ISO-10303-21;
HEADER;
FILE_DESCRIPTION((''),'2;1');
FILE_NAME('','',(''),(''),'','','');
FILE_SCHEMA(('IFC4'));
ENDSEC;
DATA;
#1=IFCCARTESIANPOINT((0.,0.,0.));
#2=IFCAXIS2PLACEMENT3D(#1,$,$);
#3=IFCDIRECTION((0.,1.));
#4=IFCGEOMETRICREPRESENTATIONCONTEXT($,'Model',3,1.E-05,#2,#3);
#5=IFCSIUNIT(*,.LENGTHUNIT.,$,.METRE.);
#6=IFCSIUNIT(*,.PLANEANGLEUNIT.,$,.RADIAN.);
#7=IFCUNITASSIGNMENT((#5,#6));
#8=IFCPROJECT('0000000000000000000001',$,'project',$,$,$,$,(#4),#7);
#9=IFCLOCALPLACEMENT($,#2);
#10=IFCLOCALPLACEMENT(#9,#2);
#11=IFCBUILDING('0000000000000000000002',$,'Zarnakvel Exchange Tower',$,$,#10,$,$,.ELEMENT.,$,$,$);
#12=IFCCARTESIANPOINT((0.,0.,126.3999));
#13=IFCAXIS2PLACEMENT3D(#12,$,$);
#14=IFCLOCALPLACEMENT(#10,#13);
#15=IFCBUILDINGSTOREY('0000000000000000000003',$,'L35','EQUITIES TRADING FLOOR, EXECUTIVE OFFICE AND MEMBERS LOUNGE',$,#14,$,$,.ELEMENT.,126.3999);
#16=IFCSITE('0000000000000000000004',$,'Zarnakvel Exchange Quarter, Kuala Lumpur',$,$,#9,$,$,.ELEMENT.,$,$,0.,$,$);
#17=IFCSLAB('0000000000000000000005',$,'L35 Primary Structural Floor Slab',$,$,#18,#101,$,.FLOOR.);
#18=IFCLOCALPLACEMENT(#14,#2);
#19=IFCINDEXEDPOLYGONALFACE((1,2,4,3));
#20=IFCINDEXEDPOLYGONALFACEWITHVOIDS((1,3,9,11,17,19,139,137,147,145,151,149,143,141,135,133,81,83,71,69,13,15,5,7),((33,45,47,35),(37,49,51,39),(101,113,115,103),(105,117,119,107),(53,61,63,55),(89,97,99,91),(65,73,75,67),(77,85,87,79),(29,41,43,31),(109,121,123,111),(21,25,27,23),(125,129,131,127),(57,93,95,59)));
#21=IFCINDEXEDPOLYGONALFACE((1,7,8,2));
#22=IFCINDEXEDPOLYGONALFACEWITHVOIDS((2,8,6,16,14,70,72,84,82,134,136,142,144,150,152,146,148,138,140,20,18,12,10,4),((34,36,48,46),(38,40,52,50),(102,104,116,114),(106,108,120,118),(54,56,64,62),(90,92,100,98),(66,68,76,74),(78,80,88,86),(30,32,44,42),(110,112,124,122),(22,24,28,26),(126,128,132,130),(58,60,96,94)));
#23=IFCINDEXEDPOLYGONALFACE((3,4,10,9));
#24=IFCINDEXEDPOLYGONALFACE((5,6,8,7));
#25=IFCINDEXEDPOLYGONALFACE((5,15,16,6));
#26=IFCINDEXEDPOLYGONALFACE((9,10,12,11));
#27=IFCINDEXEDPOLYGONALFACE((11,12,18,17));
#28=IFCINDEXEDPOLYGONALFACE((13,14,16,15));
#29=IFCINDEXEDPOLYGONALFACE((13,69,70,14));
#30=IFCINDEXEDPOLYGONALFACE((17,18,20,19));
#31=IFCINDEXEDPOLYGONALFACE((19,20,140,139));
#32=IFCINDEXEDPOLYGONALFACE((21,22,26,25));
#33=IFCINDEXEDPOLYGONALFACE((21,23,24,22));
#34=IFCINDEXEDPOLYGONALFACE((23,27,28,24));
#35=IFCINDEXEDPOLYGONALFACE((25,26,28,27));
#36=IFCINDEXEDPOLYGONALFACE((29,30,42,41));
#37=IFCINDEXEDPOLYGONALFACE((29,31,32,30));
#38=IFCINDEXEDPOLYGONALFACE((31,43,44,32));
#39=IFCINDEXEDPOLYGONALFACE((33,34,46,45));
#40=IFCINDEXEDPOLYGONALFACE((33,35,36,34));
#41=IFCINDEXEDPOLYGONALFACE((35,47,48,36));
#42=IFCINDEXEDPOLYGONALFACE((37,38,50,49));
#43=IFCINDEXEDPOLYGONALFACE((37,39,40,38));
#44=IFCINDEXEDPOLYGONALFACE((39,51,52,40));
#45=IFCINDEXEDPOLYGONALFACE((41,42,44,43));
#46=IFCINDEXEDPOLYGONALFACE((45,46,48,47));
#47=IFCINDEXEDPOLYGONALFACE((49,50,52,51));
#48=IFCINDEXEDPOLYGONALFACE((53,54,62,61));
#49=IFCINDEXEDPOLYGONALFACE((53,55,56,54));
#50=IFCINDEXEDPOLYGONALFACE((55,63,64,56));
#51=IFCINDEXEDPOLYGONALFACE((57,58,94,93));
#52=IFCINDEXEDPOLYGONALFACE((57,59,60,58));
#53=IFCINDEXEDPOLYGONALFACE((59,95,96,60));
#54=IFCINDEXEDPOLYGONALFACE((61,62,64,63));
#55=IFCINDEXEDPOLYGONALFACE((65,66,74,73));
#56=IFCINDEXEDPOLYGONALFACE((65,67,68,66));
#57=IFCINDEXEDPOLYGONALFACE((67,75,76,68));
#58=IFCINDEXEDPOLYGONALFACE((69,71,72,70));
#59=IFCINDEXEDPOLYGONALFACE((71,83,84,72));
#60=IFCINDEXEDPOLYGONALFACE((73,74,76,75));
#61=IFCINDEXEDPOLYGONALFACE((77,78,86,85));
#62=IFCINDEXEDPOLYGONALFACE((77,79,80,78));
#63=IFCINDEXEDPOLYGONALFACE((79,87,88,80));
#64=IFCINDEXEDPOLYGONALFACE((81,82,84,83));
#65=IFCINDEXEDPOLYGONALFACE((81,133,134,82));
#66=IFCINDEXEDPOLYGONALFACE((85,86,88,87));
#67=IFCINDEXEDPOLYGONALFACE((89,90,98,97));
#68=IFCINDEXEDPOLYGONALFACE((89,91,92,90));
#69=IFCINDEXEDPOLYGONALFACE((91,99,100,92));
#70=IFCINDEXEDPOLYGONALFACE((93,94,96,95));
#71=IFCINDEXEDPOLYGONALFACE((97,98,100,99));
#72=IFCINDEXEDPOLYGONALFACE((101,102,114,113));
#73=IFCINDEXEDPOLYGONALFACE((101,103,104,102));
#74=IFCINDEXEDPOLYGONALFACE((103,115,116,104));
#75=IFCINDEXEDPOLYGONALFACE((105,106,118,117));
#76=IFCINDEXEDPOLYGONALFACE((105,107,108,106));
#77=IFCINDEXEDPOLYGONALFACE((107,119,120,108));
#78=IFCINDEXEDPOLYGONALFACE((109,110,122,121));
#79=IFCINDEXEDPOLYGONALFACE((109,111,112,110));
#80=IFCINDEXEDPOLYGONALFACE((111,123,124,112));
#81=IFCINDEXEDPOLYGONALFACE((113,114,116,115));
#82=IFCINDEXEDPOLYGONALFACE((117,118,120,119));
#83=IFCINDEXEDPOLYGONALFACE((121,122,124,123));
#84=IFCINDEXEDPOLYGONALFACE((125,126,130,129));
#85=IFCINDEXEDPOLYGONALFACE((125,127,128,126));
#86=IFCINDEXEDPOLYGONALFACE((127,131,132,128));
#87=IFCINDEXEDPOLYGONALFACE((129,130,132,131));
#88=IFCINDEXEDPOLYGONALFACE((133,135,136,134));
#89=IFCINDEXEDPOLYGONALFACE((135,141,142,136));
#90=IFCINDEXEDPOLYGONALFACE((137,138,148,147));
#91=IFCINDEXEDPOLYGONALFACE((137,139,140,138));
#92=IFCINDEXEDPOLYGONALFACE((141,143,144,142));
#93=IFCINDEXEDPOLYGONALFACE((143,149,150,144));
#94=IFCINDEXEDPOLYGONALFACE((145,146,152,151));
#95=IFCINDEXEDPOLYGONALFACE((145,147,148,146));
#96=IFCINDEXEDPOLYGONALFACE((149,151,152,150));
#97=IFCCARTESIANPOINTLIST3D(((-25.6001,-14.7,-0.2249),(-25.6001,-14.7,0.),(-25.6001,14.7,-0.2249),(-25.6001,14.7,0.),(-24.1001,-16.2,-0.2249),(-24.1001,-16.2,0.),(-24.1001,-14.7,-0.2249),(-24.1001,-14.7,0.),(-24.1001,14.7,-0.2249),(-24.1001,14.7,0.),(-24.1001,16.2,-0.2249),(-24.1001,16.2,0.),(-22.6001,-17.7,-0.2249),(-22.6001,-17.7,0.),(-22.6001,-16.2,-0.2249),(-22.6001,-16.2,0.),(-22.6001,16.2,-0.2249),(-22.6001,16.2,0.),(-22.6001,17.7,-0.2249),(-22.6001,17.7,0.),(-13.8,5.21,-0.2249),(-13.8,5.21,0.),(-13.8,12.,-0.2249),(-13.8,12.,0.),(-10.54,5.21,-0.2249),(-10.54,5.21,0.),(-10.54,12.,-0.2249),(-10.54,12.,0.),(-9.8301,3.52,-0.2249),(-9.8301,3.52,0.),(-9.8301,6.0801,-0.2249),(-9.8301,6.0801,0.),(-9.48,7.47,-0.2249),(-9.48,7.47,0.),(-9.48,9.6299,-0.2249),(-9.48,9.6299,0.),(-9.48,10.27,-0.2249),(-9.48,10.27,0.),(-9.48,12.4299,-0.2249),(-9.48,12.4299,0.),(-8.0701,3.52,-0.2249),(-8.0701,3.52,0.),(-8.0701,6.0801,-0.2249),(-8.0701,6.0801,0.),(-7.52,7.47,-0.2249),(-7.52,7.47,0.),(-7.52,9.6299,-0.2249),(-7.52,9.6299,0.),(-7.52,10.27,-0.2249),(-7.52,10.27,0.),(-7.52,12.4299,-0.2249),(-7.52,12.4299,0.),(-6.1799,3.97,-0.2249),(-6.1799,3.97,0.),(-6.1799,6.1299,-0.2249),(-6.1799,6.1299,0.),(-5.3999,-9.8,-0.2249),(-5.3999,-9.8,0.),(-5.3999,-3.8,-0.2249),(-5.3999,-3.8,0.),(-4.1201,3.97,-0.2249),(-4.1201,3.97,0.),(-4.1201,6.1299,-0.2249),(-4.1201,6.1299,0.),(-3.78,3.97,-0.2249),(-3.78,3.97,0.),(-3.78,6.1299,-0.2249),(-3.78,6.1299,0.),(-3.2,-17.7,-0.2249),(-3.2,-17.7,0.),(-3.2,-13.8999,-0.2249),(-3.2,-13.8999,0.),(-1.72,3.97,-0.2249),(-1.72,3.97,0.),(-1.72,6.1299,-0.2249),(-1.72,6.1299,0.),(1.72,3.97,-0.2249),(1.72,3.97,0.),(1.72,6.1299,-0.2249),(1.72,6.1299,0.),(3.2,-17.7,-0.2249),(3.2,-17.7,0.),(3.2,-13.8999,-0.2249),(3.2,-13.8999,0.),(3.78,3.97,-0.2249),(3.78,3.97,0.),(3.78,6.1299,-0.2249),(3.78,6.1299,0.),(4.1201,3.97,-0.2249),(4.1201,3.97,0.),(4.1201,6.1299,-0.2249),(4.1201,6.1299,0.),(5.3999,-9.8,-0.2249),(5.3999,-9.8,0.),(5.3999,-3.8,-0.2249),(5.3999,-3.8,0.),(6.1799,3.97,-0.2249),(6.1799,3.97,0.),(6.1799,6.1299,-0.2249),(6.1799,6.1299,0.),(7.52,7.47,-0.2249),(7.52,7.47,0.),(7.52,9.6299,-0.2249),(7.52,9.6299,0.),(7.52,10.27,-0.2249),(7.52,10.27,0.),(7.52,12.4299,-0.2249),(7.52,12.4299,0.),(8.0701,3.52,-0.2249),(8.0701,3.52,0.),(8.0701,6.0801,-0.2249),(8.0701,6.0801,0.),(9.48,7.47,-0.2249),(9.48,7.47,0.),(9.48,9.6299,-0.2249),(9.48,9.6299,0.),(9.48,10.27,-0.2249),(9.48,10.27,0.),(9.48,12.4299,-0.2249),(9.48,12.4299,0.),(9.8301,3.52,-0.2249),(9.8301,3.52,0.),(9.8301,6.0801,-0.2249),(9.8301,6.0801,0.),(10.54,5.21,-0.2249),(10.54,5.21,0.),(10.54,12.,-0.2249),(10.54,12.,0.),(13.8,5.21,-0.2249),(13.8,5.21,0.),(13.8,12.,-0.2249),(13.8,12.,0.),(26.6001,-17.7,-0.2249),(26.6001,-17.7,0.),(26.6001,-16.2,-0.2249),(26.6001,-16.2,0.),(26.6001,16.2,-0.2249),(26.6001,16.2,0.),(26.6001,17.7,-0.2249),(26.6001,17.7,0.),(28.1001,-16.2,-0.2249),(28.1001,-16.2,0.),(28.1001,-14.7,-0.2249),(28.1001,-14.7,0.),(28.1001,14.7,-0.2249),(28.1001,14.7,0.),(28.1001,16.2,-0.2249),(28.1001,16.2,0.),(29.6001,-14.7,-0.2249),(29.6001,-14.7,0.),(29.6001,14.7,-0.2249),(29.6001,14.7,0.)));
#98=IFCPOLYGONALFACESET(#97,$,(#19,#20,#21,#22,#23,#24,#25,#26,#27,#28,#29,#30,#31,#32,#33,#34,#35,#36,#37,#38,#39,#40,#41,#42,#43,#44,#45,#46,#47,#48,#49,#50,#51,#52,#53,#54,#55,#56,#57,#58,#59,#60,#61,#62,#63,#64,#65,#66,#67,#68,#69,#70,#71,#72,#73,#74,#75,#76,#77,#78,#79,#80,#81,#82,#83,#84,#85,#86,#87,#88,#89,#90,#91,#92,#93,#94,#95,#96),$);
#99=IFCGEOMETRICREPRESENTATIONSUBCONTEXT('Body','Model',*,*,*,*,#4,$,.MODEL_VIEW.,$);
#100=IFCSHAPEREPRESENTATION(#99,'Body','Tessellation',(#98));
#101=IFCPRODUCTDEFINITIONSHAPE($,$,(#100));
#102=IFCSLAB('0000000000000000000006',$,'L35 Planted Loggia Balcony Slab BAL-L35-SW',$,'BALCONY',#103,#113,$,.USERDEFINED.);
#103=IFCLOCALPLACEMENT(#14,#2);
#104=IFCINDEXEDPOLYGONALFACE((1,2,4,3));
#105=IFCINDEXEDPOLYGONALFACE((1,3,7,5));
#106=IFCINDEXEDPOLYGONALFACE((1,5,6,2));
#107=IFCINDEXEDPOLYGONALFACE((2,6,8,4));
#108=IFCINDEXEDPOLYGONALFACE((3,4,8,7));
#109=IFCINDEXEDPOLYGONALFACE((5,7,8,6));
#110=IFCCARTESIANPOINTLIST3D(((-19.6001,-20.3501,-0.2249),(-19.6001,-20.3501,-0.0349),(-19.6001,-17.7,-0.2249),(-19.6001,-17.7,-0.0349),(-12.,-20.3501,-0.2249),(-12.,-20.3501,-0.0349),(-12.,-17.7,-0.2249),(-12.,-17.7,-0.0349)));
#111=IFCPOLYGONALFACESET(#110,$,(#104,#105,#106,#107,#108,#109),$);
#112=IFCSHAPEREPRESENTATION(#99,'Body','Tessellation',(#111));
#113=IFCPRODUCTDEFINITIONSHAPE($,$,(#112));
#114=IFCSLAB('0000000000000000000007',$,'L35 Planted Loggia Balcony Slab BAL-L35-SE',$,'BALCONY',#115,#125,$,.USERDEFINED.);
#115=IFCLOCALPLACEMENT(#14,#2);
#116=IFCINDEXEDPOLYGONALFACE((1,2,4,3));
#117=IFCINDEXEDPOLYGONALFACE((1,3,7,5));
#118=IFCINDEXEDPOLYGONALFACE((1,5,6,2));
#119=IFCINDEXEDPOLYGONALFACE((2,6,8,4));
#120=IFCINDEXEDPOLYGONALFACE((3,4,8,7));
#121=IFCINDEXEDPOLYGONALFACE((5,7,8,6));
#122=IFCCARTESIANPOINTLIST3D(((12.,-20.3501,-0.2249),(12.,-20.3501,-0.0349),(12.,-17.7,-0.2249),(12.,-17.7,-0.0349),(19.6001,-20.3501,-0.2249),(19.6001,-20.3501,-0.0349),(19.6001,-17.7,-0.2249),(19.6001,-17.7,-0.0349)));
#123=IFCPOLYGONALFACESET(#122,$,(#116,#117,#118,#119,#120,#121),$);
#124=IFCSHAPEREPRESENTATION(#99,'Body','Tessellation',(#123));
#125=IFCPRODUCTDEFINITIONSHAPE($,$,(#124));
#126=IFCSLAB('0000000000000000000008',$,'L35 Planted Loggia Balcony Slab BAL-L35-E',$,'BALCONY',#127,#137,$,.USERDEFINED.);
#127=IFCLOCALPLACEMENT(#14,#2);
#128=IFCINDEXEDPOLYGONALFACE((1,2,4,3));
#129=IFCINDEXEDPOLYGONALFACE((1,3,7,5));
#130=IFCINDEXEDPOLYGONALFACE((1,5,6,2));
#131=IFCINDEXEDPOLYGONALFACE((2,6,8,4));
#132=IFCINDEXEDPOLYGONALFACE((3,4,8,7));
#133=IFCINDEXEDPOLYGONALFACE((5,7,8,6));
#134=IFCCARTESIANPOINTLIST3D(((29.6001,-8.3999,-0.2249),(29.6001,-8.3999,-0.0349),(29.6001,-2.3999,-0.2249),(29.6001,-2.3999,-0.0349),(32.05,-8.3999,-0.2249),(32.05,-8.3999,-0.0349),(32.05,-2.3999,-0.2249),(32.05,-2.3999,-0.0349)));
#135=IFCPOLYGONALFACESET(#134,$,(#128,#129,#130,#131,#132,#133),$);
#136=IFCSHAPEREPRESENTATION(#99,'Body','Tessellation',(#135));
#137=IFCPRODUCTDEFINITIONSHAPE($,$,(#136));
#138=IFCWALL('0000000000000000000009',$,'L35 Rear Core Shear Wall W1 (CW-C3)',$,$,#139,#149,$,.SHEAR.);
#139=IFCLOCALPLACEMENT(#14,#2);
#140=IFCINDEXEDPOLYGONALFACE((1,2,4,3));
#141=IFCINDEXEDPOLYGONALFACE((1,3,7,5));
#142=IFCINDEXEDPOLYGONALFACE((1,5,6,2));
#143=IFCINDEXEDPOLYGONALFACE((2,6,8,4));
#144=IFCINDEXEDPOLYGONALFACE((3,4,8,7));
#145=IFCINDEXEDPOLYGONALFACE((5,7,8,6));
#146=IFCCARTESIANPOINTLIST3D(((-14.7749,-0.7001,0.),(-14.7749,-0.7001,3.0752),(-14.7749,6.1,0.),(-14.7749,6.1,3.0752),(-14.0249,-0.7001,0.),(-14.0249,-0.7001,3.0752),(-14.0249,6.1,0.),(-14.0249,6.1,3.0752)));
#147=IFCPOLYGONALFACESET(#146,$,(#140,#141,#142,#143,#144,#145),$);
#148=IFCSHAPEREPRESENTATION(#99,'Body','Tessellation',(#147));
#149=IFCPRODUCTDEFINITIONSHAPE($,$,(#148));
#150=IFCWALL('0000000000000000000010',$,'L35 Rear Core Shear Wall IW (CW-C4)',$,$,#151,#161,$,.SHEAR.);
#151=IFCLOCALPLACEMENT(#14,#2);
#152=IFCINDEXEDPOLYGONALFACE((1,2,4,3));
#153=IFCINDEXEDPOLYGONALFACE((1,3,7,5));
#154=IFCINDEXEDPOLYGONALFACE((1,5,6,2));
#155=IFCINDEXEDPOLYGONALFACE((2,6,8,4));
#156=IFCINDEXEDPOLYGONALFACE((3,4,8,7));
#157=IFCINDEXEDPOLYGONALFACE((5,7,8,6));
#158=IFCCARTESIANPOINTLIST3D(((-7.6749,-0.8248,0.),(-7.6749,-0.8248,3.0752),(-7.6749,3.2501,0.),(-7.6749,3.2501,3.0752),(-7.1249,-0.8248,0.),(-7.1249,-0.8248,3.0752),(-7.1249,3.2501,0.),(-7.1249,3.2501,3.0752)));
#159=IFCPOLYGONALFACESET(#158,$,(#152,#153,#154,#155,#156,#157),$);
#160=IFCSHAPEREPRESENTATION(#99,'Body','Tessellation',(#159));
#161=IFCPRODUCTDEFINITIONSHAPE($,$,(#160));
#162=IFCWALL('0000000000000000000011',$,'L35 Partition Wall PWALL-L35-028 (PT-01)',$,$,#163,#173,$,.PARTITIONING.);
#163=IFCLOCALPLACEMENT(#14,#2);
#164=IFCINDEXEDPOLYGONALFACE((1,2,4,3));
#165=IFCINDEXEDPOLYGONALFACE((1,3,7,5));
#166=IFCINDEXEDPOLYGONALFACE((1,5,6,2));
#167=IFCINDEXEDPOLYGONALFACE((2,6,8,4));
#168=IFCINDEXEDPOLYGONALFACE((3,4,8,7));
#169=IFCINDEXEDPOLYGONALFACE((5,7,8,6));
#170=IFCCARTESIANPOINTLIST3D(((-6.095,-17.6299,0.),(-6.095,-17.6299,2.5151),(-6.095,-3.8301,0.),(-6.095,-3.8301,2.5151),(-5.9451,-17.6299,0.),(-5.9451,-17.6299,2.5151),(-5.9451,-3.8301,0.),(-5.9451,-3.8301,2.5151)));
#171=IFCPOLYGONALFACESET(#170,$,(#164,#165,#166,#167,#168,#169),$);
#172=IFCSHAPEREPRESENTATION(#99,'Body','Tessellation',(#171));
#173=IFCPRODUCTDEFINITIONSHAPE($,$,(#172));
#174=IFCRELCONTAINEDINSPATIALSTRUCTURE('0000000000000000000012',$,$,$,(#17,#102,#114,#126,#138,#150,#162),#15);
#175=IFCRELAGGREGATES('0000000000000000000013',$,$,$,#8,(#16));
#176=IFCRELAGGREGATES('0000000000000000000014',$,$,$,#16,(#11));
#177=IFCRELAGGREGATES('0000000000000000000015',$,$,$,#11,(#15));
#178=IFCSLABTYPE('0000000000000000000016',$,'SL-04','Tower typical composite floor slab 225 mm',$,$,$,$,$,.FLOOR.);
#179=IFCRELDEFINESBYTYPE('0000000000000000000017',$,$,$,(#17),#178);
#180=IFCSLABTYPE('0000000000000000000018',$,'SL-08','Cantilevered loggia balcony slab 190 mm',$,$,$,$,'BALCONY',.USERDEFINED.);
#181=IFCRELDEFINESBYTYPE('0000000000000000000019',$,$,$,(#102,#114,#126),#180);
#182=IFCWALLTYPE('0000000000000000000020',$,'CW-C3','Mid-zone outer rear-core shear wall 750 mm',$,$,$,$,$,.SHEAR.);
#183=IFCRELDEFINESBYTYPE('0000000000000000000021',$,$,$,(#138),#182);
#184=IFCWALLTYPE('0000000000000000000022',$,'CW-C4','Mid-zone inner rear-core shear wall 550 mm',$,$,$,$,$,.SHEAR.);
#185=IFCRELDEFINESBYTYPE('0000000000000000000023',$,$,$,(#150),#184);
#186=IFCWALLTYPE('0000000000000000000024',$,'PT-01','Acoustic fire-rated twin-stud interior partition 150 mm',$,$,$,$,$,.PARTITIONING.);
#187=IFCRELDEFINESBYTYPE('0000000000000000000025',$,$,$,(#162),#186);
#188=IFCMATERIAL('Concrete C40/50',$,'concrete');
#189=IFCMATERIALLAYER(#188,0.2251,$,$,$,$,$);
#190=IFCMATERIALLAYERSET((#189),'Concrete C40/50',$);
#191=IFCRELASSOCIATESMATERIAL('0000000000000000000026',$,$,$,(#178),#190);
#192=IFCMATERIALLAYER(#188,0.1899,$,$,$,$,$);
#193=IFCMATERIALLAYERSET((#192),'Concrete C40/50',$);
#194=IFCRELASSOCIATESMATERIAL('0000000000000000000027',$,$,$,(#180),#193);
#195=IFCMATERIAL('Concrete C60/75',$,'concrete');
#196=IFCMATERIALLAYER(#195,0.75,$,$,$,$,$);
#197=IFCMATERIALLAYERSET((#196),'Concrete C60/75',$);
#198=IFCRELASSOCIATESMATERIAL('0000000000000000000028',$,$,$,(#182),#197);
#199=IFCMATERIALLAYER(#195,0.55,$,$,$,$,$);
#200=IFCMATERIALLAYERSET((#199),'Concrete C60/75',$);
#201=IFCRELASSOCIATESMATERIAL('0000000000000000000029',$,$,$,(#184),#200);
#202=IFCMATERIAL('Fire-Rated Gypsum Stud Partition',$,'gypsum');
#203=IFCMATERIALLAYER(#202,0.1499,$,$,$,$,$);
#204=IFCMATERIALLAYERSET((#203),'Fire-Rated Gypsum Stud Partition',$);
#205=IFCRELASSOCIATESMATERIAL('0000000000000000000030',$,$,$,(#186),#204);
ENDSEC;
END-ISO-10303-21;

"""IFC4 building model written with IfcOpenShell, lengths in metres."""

from ifc_helpers import new_model, si_unit, direction, frame, frame_2d, origin, place, context, subcontext, project, spatial, polyline, rectangle, outline, extrude, material, layer, layer_set, type_object, element, save


model = new_model("IFC4")

# Units and contexts
model_context = context("Model", 3, precision=1e-05, world=origin(), true_north=direction((0.0, 1.0)))
body_context = subcontext(model_context, "Body", "Model", "MODEL_VIEW")
ifc_project = project(units=[si_unit("LENGTHUNIT", "METRE"), si_unit("PLANEANGLEUNIT", "RADIAN")], contexts=[model_context])

# Site, building, storey
site_placement = place(None, origin())
site = spatial("IfcSite", under=ifc_project, at=site_placement, Name="Zarnakvel Exchange Quarter, Kuala Lumpur", CompositionType="ELEMENT", RefElevation=0.0)
building_placement = place(site_placement, origin())
building = spatial("IfcBuilding", under=site, at=building_placement, Name="Zarnakvel Exchange Tower", CompositionType="ELEMENT")
storey_placement = place(building_placement, frame((0.0, 0.0, 126.3999)))
storey = spatial("IfcBuildingStorey", under=building, at=storey_placement, Name="L35", Description="EQUITIES TRADING FLOOR, EXECUTIVE OFFICE AND MEMBERS LOUNGE", CompositionType="ELEMENT", Elevation=126.3999)

# Shared definitions
ifc_material_1 = material(Name="Concrete C60/75", Category="concrete")

# Shared definitions
ifc_material_2 = material(Name="Concrete C40/50", Category="concrete")

# Slabs
ifc_layer_1 = layer(ifc_material_2, 0.2251)
ifc_layer_set_1 = layer_set([ifc_layer_1], Name="Concrete C40/50")
slab_type_1 = type_object("IfcSlabType", Name="SL-04", Description="Tower typical composite floor slab 225 mm", PredefinedType="FLOOR", material=ifc_layer_set_1)
slab_1_placement = place(storey_placement, frame((0.0, 0.0, -0.2249)))
element("IfcSlab", 1, at=slab_1_placement, inside=storey, type_object=slab_type_1, Name="L35 Primary Structural Floor Slab", PredefinedType="FLOOR", context=body_context, shape_type="SweptSolid", body=[
    extrude(outline(polyline([(-25.6001, -14.7), (-24.1001, -14.7), (-24.1001, -16.2), (-22.6001, -16.2), (-22.6001, -17.7), (-3.2, -17.7), (-3.2, -13.8999), (3.2, -13.8999), (3.2, -17.7), (26.6001, -17.7), (26.6001, -16.2), (28.1001, -16.2), (28.1001, -14.7), (29.6001, -14.7), (29.6001, 14.7), (28.1001, 14.7), (28.1001, 16.2), (26.6001, 16.2), (26.6001, 17.7), (-22.6001, 17.7), (-22.6001, 16.2), (-24.1001, 16.2), (-24.1001, 14.7), (-25.6001, 14.7), (-25.6001, -14.7)]), holes=[polyline([(-5.3999, -9.8), (5.3999, -9.8), (5.3999, -3.8), (-5.3999, -3.8), (-5.3999, -9.8)]), polyline([(-13.8, 5.21), (-10.54, 5.21), (-10.54, 12.0), (-13.8, 12.0), (-13.8, 5.21)]), polyline([(10.54, 5.21), (13.8, 5.21), (13.8, 12.0), (10.54, 12.0), (10.54, 5.21)]), polyline([(-9.8301, 3.52), (-8.0701, 3.52), (-8.0701, 6.0801), (-9.8301, 6.0801), (-9.8301, 3.52)]), polyline([(8.0701, 3.52), (9.8301, 3.52), (9.8301, 6.0801), (8.0701, 6.0801), (8.0701, 3.52)]), polyline([(-6.1799, 3.97), (-4.1201, 3.97), (-4.1201, 6.1299), (-6.1799, 6.1299), (-6.1799, 3.97)]), polyline([(-3.78, 3.97), (-1.72, 3.97), (-1.72, 6.1299), (-3.78, 6.1299), (-3.78, 3.97)]), polyline([(1.72, 3.97), (3.78, 3.97), (3.78, 6.1299), (1.72, 6.1299), (1.72, 3.97)]), polyline([(4.1201, 3.97), (6.1799, 3.97), (6.1799, 6.1299), (4.1201, 6.1299), (4.1201, 3.97)]), polyline([(-9.48, 7.47), (-7.52, 7.47), (-7.52, 9.6299), (-9.48, 9.6299), (-9.48, 7.47)]), polyline([(-9.48, 10.27), (-7.52, 10.27), (-7.52, 12.4299), (-9.48, 12.4299), (-9.48, 10.27)]), polyline([(7.52, 7.47), (9.48, 7.47), (9.48, 9.6299), (7.52, 9.6299), (7.52, 7.47)]), polyline([(7.52, 10.27), (9.48, 10.27), (9.48, 12.4299), (7.52, 12.4299), (7.52, 10.27)])]), origin(), (0.0, 0.0, 1.0), 0.2249),
])
ifc_layer_2 = layer(ifc_material_2, 0.1899)
ifc_layer_set_2 = layer_set([ifc_layer_2], Name="Concrete C40/50")
slab_type_2 = type_object("IfcSlabType", Name="SL-08", Description="Cantilevered loggia balcony slab 190 mm", ElementType="BALCONY", PredefinedType="USERDEFINED", material=ifc_layer_set_2)
slab_2_placement = place(storey_placement, frame((0.0, 0.0, -0.2249)))
element("IfcSlab", 2, at=slab_2_placement, inside=storey, type_object=slab_type_2, Name="L35 Planted Loggia Balcony Slab BAL-L35-SW", ObjectType="BALCONY", PredefinedType="USERDEFINED", context=body_context, shape_type="SweptSolid", body=[
    extrude(outline(polyline([(-19.6001, -20.3501), (-12.0, -20.3501), (-12.0, -17.7), (-19.6001, -17.7), (-19.6001, -20.3501)])), origin(), (0.0, 0.0, 1.0), 0.1899),
])
slab_3_placement = place(storey_placement, frame((0.0, 0.0, -0.2249)))
element("IfcSlab", 3, at=slab_3_placement, inside=storey, type_object=slab_type_2, Name="L35 Planted Loggia Balcony Slab BAL-L35-SE", ObjectType="BALCONY", PredefinedType="USERDEFINED", context=body_context, shape_type="SweptSolid", body=[
    extrude(outline(polyline([(12.0, -20.3501), (19.6001, -20.3501), (19.6001, -17.7), (12.0, -17.7), (12.0, -20.3501)])), origin(), (0.0, 0.0, 1.0), 0.1899),
])
slab_4_placement = place(storey_placement, frame((0.0, 0.0, -0.2249)))
element("IfcSlab", 4, at=slab_4_placement, inside=storey, type_object=slab_type_2, Name="L35 Planted Loggia Balcony Slab BAL-L35-E", ObjectType="BALCONY", PredefinedType="USERDEFINED", context=body_context, shape_type="SweptSolid", body=[
    extrude(outline(polyline([(29.6001, -8.3999), (32.05, -8.3999), (32.05, -2.3999), (29.6001, -2.3999), (29.6001, -8.3999)])), origin(), (0.0, 0.0, 1.0), 0.1899),
])

# Wall
ifc_layer_3 = layer(ifc_material_1, 0.75)
ifc_layer_set_3 = layer_set([ifc_layer_3], Name="Concrete C60/75")
wall_type_1 = type_object("IfcWallType", Name="CW-C3", Description="Mid-zone outer rear-core shear wall 750 mm", PredefinedType="SHEAR", material=ifc_layer_set_3)
wall_1_placement = place(storey_placement, frame((-14.3999, -0.7, 0.0), z_axis=(0.0, 0.0, 1.0), x_axis=(0.0, 1.0, 0.0)))
element("IfcWall", 5, at=wall_1_placement, inside=storey, type_object=wall_type_1, Name="L35 Rear Core Shear Wall W1 (CW-C3)", PredefinedType="SHEAR", context=body_context, shape_type="SweptSolid", body=[
    extrude(rectangle(XDim=6.8, YDim=0.75, at=frame_2d((3.3999, 0.0))), origin(), (0.0, 0.0, 1.0), 3.0752),
])

# Walls
ifc_layer_4 = layer(ifc_material_1, 0.55)
ifc_layer_set_4 = layer_set([ifc_layer_4], Name="Concrete C60/75")
wall_type_2 = type_object("IfcWallType", Name="CW-C4", Description="Mid-zone inner rear-core shear wall 550 mm", PredefinedType="SHEAR", material=ifc_layer_set_4)
wall_2_placement = place(storey_placement, frame((-7.3999, -0.825, 0.0), z_axis=(0.0, 0.0, 1.0), x_axis=(0.0, 1.0, 0.0)))
element("IfcWall", 6, at=wall_2_placement, inside=storey, type_object=wall_type_2, Name="L35 Rear Core Shear Wall IW (CW-C4)", PredefinedType="SHEAR", context=body_context, shape_type="SweptSolid", body=[
    extrude(rectangle(XDim=4.075, YDim=0.55, at=frame_2d((2.0376, 0.0))), origin(), (0.0, 0.0, 1.0), 3.0752),
])
ifc_material_3 = material(Name="Fire-Rated Gypsum Stud Partition", Category="gypsum")
ifc_layer_5 = layer(ifc_material_3, 0.1499)
ifc_layer_set_5 = layer_set([ifc_layer_5], Name="Fire-Rated Gypsum Stud Partition")
wall_type_3 = type_object("IfcWallType", Name="PT-01", Description="Acoustic fire-rated twin-stud interior partition 150 mm", PredefinedType="PARTITIONING", material=ifc_layer_set_5)
wall_3_placement = place(storey_placement, frame((-6.02, -3.8301, 0.0), z_axis=(0.0, 0.0, 1.0), x_axis=(0.0, -1.0, 0.0)))
element("IfcWall", 7, at=wall_3_placement, inside=storey, type_object=wall_type_3, Name="L35 Partition Wall PWALL-L35-028 (PT-01)", PredefinedType="PARTITIONING", context=body_context, shape_type="SweptSolid", body=[
    extrude(rectangle(XDim=13.7998, YDim=0.1499, at=frame_2d((6.8999, 0.0))), origin(), (0.0, 0.0, 1.0), 2.5151),
])

save(model, "model.ifc")
